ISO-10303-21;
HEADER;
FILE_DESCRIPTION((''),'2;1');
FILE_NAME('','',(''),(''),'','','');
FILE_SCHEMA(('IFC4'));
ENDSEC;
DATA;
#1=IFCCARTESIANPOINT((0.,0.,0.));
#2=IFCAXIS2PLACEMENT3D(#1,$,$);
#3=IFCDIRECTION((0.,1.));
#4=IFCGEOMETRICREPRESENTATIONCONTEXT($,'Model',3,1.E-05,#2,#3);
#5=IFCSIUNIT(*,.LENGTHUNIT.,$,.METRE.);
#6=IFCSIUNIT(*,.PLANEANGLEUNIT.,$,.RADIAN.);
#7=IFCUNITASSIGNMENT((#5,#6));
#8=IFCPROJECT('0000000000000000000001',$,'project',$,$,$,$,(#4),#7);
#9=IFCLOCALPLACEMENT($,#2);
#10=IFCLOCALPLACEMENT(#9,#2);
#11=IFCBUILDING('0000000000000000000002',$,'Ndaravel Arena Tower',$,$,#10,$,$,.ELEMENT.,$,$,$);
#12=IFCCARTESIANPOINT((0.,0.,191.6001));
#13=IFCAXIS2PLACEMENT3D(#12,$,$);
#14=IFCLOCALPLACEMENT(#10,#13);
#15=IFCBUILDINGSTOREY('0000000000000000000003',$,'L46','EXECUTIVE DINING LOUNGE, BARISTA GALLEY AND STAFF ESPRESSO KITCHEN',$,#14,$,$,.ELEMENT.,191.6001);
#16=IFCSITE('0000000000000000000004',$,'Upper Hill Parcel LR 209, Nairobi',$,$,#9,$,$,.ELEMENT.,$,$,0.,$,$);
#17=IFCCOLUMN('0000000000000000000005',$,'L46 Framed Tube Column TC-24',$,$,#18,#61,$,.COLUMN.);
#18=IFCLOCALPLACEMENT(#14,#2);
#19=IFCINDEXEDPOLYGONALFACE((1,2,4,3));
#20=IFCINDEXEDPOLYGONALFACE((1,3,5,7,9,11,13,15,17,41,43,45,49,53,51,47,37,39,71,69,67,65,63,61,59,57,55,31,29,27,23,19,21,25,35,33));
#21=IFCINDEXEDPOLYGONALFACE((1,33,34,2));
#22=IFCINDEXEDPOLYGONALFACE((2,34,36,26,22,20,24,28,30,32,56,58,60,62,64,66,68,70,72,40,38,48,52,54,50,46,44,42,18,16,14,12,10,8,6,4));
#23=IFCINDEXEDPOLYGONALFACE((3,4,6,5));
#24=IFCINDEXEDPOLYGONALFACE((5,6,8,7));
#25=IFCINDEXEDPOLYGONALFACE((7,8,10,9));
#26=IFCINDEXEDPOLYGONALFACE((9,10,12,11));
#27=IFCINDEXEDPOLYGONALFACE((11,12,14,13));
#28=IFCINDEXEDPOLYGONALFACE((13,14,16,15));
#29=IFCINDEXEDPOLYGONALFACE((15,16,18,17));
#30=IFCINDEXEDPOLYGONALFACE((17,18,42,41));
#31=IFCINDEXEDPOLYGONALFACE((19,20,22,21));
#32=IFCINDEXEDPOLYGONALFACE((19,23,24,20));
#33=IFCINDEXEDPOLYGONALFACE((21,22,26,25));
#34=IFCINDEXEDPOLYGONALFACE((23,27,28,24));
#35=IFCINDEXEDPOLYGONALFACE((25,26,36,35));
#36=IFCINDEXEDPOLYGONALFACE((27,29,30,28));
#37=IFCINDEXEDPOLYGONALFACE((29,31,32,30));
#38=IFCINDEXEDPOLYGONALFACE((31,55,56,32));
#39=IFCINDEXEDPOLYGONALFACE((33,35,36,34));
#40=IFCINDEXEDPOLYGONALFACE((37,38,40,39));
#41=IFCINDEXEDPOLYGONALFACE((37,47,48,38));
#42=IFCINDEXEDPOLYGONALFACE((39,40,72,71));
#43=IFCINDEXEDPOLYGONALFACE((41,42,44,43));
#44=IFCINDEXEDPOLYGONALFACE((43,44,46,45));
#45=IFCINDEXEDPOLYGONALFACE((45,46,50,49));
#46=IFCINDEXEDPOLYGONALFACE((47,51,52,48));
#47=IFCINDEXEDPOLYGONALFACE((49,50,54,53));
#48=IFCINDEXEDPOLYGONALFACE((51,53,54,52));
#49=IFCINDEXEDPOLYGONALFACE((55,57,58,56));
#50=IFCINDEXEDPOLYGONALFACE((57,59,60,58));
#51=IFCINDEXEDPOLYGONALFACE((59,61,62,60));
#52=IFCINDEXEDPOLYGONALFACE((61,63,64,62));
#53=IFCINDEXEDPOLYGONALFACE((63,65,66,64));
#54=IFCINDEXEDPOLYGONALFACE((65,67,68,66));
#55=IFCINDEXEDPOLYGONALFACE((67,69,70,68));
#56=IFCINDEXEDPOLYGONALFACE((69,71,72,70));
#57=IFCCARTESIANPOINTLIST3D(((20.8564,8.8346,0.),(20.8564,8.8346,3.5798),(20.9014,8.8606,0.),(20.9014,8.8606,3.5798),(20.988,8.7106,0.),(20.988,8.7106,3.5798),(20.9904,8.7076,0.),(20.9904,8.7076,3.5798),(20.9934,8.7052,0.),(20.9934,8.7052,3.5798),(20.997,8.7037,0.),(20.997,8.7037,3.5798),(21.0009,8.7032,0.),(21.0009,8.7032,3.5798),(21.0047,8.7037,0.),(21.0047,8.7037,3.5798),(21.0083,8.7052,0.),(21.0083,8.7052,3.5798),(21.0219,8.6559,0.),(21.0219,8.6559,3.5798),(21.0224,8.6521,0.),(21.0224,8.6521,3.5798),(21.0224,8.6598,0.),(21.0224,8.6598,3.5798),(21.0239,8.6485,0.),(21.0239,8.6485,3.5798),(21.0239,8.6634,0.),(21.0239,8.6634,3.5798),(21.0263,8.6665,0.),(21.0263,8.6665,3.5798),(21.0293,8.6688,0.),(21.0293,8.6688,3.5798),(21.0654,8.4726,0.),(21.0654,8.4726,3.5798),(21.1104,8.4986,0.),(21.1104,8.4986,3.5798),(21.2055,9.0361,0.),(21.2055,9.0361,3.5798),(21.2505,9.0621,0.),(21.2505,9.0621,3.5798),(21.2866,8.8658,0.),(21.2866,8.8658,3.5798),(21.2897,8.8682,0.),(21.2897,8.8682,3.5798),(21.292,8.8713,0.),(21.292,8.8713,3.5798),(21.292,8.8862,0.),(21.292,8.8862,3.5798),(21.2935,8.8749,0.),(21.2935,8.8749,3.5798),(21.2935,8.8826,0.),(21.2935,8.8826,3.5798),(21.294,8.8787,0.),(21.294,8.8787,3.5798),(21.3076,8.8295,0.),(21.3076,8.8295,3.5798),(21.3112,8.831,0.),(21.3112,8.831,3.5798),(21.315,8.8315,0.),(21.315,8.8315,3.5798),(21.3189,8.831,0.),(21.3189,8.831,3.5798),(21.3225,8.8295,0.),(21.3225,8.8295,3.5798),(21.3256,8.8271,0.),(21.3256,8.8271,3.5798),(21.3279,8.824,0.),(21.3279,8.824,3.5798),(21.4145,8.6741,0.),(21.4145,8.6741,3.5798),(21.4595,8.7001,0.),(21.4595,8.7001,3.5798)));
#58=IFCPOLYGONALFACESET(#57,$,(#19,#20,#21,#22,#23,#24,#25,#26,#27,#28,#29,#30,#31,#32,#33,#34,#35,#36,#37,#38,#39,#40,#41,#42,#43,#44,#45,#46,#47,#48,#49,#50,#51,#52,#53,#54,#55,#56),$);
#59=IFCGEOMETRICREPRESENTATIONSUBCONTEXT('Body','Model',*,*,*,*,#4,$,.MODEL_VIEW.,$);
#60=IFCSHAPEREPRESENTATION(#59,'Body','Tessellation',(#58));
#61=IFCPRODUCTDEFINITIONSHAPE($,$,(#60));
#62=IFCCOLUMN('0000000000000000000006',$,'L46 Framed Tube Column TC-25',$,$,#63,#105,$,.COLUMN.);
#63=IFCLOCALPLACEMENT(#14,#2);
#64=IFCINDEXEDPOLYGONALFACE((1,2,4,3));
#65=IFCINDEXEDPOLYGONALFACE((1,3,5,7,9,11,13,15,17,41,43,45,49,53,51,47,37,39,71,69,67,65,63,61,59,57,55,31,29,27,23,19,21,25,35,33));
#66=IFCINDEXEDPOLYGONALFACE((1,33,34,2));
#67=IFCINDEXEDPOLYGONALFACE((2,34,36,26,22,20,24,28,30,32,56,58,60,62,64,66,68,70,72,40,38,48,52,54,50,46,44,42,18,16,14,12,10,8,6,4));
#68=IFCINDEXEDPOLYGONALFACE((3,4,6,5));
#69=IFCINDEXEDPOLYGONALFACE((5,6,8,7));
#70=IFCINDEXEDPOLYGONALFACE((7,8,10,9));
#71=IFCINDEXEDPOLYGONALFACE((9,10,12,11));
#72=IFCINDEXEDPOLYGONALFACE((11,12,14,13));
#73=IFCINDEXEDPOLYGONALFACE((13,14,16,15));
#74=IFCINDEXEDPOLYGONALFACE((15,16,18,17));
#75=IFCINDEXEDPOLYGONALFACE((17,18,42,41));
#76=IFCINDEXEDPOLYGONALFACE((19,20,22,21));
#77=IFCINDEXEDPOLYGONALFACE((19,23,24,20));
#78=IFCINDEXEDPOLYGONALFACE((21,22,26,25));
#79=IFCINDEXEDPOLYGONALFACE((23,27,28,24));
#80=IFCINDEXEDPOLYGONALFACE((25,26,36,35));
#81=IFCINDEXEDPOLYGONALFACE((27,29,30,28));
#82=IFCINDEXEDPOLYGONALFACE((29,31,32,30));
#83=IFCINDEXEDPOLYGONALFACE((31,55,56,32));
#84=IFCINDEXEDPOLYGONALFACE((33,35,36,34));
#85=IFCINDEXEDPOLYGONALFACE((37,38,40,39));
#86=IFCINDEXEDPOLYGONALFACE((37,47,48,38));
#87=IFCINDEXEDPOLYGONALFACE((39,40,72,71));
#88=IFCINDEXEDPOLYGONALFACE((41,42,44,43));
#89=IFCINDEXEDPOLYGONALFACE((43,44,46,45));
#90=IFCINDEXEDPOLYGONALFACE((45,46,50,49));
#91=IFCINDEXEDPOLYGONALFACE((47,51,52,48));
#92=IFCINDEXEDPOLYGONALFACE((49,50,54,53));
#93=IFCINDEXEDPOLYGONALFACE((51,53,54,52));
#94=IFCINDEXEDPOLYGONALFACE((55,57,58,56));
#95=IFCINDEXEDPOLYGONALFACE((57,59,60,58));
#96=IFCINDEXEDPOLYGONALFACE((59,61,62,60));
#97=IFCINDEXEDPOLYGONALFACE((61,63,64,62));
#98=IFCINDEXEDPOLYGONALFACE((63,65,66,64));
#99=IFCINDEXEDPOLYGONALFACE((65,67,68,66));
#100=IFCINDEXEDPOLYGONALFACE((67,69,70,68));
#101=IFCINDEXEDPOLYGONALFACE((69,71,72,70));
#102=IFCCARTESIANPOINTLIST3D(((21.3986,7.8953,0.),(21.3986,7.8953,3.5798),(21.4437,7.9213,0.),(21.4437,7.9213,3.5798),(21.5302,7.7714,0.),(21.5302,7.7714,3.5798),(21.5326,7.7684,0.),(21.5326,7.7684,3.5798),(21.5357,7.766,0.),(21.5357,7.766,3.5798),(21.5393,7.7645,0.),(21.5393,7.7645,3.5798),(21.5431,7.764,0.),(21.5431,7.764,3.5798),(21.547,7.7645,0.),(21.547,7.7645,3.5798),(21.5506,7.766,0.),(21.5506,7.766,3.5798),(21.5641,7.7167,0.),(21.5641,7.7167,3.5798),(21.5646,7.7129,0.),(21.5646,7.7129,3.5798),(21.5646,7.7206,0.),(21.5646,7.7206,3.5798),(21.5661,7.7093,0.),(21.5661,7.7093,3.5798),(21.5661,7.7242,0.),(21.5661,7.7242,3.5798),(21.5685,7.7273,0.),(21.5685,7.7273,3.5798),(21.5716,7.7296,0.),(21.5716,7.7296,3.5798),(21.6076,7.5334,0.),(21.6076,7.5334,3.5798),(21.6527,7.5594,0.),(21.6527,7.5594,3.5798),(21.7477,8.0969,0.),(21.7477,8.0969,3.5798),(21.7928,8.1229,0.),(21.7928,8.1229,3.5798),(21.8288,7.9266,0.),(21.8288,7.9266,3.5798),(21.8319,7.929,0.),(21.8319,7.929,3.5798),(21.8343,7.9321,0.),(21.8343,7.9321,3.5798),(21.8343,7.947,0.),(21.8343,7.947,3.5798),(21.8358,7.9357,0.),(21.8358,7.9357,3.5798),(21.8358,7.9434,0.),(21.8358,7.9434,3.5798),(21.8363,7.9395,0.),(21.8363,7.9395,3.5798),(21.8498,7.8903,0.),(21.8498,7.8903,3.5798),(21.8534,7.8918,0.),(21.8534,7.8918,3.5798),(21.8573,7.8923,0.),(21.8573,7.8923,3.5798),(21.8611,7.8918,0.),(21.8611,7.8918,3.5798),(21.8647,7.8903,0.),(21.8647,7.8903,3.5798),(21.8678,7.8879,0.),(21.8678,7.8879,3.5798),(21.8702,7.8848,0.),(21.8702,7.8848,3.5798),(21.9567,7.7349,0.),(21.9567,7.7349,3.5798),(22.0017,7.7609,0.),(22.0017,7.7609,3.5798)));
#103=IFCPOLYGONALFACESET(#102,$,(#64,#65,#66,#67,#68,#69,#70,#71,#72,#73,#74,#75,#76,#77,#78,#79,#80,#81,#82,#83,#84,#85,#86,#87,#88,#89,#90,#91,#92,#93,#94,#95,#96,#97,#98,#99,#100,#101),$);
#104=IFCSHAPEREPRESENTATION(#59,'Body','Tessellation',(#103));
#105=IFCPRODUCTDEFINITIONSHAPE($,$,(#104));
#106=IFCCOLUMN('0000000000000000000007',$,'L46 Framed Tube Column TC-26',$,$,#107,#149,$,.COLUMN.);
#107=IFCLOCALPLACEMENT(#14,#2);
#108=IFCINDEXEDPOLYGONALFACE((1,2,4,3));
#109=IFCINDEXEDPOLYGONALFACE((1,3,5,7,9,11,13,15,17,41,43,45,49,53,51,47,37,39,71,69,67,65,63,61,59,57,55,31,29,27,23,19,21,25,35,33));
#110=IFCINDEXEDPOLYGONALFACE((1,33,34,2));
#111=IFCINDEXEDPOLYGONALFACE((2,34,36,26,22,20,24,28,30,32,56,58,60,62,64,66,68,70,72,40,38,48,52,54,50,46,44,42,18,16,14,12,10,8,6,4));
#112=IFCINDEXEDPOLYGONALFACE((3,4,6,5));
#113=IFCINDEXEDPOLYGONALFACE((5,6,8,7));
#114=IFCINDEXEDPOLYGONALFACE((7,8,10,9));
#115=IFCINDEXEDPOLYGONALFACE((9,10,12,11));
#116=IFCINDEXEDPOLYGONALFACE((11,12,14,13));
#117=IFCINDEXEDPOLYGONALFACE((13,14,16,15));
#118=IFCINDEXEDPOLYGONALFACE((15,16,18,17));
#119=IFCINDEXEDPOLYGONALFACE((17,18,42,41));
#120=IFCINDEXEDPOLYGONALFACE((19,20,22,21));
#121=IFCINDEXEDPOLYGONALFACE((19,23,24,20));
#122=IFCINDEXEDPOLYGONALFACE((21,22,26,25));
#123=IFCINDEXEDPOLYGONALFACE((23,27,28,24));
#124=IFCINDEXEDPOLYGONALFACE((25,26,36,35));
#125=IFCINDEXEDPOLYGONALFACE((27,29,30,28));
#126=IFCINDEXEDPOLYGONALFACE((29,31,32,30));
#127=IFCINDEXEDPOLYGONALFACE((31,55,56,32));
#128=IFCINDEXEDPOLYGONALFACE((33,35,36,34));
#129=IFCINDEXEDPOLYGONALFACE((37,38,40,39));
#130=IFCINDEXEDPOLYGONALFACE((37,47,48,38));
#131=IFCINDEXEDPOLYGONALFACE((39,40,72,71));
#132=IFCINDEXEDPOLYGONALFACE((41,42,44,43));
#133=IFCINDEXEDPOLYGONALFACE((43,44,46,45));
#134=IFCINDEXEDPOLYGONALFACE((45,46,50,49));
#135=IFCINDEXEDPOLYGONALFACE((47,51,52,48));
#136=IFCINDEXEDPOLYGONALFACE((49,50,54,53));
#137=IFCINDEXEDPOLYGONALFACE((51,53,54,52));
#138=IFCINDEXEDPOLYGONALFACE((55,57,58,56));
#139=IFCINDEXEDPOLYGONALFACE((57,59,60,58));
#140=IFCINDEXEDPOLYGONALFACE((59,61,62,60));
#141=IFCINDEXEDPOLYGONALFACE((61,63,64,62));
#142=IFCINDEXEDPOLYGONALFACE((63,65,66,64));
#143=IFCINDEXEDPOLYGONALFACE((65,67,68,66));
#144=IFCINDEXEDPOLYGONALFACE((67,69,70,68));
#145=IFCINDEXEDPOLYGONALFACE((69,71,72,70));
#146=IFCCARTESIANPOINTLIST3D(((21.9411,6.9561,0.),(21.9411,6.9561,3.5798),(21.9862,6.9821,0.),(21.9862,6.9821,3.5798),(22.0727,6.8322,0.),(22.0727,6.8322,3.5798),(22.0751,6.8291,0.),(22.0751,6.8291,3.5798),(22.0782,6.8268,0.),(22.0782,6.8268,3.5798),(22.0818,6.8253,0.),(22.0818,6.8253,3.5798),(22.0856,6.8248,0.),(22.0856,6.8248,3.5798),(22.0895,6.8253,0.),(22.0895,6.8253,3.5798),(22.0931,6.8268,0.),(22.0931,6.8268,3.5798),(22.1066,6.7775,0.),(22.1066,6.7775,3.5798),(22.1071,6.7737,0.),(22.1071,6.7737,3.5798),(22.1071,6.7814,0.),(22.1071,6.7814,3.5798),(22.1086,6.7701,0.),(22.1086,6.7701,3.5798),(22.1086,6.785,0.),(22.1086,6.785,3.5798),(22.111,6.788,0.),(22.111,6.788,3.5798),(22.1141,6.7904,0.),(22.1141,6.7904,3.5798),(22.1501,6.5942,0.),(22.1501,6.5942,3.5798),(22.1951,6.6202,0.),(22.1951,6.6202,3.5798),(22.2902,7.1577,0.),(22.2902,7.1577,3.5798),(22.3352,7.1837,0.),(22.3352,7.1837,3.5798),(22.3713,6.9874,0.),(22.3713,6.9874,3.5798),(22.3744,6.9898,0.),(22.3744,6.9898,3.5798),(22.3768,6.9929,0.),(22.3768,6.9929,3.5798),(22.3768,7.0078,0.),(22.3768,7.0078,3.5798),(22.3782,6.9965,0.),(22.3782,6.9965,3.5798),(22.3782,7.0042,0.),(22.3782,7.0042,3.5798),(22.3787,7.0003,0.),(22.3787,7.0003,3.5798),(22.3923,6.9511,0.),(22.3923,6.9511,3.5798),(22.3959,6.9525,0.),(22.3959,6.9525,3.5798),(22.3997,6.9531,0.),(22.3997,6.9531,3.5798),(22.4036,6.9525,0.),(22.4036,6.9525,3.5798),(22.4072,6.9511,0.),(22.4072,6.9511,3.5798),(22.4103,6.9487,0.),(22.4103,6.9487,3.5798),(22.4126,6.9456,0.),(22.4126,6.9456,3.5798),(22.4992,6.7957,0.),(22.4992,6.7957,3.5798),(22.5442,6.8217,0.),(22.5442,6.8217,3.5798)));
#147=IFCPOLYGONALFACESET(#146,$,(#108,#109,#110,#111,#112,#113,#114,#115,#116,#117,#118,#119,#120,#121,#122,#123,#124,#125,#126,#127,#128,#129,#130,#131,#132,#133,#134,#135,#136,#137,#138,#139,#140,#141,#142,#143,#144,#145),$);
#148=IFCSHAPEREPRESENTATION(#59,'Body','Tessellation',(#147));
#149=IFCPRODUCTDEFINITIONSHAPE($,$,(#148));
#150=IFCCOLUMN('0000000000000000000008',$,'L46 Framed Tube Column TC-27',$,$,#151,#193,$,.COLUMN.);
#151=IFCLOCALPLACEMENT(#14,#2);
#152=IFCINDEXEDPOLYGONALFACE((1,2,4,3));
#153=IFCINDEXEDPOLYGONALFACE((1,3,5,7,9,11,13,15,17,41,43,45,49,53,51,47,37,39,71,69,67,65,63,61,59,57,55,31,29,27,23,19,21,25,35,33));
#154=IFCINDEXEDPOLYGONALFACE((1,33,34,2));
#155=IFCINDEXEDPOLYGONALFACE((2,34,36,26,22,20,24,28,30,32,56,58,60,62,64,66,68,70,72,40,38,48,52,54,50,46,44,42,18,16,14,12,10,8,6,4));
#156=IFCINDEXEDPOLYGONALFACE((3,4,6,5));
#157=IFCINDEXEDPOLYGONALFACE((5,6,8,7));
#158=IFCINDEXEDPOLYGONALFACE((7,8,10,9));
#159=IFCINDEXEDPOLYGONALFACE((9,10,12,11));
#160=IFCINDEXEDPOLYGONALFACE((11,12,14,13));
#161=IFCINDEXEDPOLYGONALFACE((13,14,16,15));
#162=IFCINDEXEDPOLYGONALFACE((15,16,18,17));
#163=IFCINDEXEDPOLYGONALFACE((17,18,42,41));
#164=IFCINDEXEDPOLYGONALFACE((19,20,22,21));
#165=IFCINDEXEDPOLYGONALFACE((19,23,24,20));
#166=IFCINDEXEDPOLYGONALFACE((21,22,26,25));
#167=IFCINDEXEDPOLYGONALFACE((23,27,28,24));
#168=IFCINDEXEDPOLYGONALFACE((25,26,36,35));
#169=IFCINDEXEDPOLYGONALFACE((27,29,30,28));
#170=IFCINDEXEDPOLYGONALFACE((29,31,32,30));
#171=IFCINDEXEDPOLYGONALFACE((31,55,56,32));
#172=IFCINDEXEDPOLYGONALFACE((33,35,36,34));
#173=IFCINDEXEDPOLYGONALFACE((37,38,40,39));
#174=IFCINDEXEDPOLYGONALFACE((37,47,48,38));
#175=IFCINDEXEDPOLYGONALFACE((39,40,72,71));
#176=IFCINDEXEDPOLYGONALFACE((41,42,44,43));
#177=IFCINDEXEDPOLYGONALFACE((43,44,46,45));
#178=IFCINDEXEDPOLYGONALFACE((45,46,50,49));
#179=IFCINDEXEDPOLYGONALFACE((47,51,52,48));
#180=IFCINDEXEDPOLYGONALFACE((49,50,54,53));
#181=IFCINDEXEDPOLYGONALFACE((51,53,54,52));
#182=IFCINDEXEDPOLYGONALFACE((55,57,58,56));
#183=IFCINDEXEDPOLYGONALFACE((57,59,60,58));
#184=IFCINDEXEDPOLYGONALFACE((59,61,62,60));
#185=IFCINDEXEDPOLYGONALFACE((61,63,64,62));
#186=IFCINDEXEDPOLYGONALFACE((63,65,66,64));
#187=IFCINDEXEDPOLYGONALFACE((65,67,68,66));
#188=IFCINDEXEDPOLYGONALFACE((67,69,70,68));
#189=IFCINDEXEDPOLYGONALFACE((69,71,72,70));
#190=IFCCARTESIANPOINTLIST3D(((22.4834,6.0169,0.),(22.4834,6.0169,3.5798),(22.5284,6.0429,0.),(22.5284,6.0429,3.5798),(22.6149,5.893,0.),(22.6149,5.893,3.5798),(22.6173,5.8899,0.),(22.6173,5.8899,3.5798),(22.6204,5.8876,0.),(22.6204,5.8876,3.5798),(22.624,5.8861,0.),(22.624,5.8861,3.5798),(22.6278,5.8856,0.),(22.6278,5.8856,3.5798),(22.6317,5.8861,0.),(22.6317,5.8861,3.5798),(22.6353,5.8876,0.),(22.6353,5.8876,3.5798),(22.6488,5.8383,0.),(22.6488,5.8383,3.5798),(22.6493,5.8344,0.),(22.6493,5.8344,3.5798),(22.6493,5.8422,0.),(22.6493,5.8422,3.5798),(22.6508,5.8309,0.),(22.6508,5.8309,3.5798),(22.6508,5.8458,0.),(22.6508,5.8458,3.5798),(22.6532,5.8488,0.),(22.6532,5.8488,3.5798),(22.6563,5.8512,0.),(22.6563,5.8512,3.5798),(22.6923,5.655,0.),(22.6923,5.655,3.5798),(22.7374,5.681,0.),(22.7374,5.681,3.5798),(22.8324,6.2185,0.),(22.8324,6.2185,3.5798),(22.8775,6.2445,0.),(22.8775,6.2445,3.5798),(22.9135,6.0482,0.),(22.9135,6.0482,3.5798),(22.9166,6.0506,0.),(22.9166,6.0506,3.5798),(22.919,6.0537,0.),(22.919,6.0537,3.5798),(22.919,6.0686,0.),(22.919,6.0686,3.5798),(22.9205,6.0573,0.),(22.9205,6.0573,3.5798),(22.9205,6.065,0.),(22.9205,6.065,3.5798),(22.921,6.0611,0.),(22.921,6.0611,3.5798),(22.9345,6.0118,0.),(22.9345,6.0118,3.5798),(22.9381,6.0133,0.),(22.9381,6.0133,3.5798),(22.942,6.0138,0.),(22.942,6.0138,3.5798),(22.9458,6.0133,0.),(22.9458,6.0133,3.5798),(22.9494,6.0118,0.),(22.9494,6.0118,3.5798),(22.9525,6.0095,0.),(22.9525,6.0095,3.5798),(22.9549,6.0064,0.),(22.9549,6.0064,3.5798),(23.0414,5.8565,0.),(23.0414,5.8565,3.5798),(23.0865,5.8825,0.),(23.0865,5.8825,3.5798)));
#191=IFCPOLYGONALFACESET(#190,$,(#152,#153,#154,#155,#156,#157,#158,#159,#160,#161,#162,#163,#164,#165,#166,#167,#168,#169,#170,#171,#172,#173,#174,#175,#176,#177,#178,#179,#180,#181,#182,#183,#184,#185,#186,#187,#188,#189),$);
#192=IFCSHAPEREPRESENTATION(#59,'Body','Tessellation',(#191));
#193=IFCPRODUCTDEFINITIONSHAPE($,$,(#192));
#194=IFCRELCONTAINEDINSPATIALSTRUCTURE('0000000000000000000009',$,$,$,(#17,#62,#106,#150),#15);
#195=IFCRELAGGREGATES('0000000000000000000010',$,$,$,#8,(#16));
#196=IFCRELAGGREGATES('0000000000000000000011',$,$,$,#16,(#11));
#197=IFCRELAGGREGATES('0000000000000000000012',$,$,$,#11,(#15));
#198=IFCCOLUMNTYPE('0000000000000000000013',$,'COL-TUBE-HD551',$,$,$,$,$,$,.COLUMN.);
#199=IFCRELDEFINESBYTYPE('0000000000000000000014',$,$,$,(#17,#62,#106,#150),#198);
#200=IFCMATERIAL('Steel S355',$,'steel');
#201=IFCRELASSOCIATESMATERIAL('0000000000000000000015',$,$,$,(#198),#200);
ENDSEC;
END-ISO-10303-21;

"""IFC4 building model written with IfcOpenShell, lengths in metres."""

from ifc_helpers import new_model, si_unit, direction, frame, origin, origin_2d, place, context, subcontext, project, spatial, i_section, extrude, material, material_profile, profile_set, type_object, element, save


model = new_model("IFC4")

# Units and contexts
model_context = context("Model", 3, precision=1e-05, world=origin(), true_north=direction((0.0, 1.0)))
body_context = subcontext(model_context, "Body", "Model", "MODEL_VIEW")
ifc_project = project(units=[si_unit("LENGTHUNIT", "METRE"), si_unit("PLANEANGLEUNIT", "RADIAN")], contexts=[model_context])

# Site, building, storey
site_placement = place(None, origin())
site = spatial("IfcSite", under=ifc_project, at=site_placement, Name="Upper Hill Parcel LR 209, Nairobi", CompositionType="ELEMENT", RefElevation=0.0)
building_placement = place(site_placement, origin())
building = spatial("IfcBuilding", under=site, at=building_placement, Name="Ndaravel Arena Tower", CompositionType="ELEMENT")
storey_placement = place(building_placement, frame((0.0, 0.0, 191.6001)))
storey = spatial("IfcBuildingStorey", under=building, at=storey_placement, Name="L46", Description="EXECUTIVE DINING LOUNGE, BARISTA GALLEY AND STAFF ESPRESSO KITCHEN", CompositionType="ELEMENT", Elevation=191.6001)

# Columns
ifc_material_1 = material(Name="Steel S355", Category="steel")
ifc_material_profile_1 = material_profile(ifc_material_1, i_section(OverallWidth=0.418, OverallDepth=0.4551, WebThickness=0.042, FlangeThickness=0.052, FilletRadius=0.0149, at=origin_2d()), Name="HD 400x551")
ifc_profile_set_1 = profile_set([ifc_material_profile_1], Name="Steel S355")
column_type = type_object("IfcColumnType", Name="COL-TUBE-HD551", PredefinedType="COLUMN", material=ifc_profile_set_1)
for number, where, z_axis, x_axis, name in (
    (1, (21.158, 8.7673, 0.0), (0.0, 0.0, 1.0), (-0.5, 0.866025, 0.0), "L46 Framed Tube Column TC-24"),
    (2, (21.7002, 7.8281, 0.0), (0.0, 0.0, 1.0), (-0.5, 0.866025, 0.0), "L46 Framed Tube Column TC-25"),
    (3, (22.2427, 6.8889, 0.0), (0.0, 0.0, 1.0), (-0.5, 0.866025, 0.0), "L46 Framed Tube Column TC-26"),
    (4, (22.7849, 5.9497, 0.0), (0.0, 0.0, 1.0), (-0.5, 0.866025, 0.0), "L46 Framed Tube Column TC-27"),
):
    element("IfcColumn", number, at=place(storey_placement, frame(where, z_axis=z_axis, x_axis=x_axis)), inside=storey, type_object=column_type, Name=name, PredefinedType="COLUMN", context=body_context, shape_type="SweptSolid", body=[
        extrude(i_section(OverallWidth=0.418, OverallDepth=0.4551, WebThickness=0.042, FlangeThickness=0.052, FilletRadius=0.0149, at=origin_2d()), origin(), (0.0, 0.0, 1.0), 3.5798),
    ])

save(model, "model.ifc")
